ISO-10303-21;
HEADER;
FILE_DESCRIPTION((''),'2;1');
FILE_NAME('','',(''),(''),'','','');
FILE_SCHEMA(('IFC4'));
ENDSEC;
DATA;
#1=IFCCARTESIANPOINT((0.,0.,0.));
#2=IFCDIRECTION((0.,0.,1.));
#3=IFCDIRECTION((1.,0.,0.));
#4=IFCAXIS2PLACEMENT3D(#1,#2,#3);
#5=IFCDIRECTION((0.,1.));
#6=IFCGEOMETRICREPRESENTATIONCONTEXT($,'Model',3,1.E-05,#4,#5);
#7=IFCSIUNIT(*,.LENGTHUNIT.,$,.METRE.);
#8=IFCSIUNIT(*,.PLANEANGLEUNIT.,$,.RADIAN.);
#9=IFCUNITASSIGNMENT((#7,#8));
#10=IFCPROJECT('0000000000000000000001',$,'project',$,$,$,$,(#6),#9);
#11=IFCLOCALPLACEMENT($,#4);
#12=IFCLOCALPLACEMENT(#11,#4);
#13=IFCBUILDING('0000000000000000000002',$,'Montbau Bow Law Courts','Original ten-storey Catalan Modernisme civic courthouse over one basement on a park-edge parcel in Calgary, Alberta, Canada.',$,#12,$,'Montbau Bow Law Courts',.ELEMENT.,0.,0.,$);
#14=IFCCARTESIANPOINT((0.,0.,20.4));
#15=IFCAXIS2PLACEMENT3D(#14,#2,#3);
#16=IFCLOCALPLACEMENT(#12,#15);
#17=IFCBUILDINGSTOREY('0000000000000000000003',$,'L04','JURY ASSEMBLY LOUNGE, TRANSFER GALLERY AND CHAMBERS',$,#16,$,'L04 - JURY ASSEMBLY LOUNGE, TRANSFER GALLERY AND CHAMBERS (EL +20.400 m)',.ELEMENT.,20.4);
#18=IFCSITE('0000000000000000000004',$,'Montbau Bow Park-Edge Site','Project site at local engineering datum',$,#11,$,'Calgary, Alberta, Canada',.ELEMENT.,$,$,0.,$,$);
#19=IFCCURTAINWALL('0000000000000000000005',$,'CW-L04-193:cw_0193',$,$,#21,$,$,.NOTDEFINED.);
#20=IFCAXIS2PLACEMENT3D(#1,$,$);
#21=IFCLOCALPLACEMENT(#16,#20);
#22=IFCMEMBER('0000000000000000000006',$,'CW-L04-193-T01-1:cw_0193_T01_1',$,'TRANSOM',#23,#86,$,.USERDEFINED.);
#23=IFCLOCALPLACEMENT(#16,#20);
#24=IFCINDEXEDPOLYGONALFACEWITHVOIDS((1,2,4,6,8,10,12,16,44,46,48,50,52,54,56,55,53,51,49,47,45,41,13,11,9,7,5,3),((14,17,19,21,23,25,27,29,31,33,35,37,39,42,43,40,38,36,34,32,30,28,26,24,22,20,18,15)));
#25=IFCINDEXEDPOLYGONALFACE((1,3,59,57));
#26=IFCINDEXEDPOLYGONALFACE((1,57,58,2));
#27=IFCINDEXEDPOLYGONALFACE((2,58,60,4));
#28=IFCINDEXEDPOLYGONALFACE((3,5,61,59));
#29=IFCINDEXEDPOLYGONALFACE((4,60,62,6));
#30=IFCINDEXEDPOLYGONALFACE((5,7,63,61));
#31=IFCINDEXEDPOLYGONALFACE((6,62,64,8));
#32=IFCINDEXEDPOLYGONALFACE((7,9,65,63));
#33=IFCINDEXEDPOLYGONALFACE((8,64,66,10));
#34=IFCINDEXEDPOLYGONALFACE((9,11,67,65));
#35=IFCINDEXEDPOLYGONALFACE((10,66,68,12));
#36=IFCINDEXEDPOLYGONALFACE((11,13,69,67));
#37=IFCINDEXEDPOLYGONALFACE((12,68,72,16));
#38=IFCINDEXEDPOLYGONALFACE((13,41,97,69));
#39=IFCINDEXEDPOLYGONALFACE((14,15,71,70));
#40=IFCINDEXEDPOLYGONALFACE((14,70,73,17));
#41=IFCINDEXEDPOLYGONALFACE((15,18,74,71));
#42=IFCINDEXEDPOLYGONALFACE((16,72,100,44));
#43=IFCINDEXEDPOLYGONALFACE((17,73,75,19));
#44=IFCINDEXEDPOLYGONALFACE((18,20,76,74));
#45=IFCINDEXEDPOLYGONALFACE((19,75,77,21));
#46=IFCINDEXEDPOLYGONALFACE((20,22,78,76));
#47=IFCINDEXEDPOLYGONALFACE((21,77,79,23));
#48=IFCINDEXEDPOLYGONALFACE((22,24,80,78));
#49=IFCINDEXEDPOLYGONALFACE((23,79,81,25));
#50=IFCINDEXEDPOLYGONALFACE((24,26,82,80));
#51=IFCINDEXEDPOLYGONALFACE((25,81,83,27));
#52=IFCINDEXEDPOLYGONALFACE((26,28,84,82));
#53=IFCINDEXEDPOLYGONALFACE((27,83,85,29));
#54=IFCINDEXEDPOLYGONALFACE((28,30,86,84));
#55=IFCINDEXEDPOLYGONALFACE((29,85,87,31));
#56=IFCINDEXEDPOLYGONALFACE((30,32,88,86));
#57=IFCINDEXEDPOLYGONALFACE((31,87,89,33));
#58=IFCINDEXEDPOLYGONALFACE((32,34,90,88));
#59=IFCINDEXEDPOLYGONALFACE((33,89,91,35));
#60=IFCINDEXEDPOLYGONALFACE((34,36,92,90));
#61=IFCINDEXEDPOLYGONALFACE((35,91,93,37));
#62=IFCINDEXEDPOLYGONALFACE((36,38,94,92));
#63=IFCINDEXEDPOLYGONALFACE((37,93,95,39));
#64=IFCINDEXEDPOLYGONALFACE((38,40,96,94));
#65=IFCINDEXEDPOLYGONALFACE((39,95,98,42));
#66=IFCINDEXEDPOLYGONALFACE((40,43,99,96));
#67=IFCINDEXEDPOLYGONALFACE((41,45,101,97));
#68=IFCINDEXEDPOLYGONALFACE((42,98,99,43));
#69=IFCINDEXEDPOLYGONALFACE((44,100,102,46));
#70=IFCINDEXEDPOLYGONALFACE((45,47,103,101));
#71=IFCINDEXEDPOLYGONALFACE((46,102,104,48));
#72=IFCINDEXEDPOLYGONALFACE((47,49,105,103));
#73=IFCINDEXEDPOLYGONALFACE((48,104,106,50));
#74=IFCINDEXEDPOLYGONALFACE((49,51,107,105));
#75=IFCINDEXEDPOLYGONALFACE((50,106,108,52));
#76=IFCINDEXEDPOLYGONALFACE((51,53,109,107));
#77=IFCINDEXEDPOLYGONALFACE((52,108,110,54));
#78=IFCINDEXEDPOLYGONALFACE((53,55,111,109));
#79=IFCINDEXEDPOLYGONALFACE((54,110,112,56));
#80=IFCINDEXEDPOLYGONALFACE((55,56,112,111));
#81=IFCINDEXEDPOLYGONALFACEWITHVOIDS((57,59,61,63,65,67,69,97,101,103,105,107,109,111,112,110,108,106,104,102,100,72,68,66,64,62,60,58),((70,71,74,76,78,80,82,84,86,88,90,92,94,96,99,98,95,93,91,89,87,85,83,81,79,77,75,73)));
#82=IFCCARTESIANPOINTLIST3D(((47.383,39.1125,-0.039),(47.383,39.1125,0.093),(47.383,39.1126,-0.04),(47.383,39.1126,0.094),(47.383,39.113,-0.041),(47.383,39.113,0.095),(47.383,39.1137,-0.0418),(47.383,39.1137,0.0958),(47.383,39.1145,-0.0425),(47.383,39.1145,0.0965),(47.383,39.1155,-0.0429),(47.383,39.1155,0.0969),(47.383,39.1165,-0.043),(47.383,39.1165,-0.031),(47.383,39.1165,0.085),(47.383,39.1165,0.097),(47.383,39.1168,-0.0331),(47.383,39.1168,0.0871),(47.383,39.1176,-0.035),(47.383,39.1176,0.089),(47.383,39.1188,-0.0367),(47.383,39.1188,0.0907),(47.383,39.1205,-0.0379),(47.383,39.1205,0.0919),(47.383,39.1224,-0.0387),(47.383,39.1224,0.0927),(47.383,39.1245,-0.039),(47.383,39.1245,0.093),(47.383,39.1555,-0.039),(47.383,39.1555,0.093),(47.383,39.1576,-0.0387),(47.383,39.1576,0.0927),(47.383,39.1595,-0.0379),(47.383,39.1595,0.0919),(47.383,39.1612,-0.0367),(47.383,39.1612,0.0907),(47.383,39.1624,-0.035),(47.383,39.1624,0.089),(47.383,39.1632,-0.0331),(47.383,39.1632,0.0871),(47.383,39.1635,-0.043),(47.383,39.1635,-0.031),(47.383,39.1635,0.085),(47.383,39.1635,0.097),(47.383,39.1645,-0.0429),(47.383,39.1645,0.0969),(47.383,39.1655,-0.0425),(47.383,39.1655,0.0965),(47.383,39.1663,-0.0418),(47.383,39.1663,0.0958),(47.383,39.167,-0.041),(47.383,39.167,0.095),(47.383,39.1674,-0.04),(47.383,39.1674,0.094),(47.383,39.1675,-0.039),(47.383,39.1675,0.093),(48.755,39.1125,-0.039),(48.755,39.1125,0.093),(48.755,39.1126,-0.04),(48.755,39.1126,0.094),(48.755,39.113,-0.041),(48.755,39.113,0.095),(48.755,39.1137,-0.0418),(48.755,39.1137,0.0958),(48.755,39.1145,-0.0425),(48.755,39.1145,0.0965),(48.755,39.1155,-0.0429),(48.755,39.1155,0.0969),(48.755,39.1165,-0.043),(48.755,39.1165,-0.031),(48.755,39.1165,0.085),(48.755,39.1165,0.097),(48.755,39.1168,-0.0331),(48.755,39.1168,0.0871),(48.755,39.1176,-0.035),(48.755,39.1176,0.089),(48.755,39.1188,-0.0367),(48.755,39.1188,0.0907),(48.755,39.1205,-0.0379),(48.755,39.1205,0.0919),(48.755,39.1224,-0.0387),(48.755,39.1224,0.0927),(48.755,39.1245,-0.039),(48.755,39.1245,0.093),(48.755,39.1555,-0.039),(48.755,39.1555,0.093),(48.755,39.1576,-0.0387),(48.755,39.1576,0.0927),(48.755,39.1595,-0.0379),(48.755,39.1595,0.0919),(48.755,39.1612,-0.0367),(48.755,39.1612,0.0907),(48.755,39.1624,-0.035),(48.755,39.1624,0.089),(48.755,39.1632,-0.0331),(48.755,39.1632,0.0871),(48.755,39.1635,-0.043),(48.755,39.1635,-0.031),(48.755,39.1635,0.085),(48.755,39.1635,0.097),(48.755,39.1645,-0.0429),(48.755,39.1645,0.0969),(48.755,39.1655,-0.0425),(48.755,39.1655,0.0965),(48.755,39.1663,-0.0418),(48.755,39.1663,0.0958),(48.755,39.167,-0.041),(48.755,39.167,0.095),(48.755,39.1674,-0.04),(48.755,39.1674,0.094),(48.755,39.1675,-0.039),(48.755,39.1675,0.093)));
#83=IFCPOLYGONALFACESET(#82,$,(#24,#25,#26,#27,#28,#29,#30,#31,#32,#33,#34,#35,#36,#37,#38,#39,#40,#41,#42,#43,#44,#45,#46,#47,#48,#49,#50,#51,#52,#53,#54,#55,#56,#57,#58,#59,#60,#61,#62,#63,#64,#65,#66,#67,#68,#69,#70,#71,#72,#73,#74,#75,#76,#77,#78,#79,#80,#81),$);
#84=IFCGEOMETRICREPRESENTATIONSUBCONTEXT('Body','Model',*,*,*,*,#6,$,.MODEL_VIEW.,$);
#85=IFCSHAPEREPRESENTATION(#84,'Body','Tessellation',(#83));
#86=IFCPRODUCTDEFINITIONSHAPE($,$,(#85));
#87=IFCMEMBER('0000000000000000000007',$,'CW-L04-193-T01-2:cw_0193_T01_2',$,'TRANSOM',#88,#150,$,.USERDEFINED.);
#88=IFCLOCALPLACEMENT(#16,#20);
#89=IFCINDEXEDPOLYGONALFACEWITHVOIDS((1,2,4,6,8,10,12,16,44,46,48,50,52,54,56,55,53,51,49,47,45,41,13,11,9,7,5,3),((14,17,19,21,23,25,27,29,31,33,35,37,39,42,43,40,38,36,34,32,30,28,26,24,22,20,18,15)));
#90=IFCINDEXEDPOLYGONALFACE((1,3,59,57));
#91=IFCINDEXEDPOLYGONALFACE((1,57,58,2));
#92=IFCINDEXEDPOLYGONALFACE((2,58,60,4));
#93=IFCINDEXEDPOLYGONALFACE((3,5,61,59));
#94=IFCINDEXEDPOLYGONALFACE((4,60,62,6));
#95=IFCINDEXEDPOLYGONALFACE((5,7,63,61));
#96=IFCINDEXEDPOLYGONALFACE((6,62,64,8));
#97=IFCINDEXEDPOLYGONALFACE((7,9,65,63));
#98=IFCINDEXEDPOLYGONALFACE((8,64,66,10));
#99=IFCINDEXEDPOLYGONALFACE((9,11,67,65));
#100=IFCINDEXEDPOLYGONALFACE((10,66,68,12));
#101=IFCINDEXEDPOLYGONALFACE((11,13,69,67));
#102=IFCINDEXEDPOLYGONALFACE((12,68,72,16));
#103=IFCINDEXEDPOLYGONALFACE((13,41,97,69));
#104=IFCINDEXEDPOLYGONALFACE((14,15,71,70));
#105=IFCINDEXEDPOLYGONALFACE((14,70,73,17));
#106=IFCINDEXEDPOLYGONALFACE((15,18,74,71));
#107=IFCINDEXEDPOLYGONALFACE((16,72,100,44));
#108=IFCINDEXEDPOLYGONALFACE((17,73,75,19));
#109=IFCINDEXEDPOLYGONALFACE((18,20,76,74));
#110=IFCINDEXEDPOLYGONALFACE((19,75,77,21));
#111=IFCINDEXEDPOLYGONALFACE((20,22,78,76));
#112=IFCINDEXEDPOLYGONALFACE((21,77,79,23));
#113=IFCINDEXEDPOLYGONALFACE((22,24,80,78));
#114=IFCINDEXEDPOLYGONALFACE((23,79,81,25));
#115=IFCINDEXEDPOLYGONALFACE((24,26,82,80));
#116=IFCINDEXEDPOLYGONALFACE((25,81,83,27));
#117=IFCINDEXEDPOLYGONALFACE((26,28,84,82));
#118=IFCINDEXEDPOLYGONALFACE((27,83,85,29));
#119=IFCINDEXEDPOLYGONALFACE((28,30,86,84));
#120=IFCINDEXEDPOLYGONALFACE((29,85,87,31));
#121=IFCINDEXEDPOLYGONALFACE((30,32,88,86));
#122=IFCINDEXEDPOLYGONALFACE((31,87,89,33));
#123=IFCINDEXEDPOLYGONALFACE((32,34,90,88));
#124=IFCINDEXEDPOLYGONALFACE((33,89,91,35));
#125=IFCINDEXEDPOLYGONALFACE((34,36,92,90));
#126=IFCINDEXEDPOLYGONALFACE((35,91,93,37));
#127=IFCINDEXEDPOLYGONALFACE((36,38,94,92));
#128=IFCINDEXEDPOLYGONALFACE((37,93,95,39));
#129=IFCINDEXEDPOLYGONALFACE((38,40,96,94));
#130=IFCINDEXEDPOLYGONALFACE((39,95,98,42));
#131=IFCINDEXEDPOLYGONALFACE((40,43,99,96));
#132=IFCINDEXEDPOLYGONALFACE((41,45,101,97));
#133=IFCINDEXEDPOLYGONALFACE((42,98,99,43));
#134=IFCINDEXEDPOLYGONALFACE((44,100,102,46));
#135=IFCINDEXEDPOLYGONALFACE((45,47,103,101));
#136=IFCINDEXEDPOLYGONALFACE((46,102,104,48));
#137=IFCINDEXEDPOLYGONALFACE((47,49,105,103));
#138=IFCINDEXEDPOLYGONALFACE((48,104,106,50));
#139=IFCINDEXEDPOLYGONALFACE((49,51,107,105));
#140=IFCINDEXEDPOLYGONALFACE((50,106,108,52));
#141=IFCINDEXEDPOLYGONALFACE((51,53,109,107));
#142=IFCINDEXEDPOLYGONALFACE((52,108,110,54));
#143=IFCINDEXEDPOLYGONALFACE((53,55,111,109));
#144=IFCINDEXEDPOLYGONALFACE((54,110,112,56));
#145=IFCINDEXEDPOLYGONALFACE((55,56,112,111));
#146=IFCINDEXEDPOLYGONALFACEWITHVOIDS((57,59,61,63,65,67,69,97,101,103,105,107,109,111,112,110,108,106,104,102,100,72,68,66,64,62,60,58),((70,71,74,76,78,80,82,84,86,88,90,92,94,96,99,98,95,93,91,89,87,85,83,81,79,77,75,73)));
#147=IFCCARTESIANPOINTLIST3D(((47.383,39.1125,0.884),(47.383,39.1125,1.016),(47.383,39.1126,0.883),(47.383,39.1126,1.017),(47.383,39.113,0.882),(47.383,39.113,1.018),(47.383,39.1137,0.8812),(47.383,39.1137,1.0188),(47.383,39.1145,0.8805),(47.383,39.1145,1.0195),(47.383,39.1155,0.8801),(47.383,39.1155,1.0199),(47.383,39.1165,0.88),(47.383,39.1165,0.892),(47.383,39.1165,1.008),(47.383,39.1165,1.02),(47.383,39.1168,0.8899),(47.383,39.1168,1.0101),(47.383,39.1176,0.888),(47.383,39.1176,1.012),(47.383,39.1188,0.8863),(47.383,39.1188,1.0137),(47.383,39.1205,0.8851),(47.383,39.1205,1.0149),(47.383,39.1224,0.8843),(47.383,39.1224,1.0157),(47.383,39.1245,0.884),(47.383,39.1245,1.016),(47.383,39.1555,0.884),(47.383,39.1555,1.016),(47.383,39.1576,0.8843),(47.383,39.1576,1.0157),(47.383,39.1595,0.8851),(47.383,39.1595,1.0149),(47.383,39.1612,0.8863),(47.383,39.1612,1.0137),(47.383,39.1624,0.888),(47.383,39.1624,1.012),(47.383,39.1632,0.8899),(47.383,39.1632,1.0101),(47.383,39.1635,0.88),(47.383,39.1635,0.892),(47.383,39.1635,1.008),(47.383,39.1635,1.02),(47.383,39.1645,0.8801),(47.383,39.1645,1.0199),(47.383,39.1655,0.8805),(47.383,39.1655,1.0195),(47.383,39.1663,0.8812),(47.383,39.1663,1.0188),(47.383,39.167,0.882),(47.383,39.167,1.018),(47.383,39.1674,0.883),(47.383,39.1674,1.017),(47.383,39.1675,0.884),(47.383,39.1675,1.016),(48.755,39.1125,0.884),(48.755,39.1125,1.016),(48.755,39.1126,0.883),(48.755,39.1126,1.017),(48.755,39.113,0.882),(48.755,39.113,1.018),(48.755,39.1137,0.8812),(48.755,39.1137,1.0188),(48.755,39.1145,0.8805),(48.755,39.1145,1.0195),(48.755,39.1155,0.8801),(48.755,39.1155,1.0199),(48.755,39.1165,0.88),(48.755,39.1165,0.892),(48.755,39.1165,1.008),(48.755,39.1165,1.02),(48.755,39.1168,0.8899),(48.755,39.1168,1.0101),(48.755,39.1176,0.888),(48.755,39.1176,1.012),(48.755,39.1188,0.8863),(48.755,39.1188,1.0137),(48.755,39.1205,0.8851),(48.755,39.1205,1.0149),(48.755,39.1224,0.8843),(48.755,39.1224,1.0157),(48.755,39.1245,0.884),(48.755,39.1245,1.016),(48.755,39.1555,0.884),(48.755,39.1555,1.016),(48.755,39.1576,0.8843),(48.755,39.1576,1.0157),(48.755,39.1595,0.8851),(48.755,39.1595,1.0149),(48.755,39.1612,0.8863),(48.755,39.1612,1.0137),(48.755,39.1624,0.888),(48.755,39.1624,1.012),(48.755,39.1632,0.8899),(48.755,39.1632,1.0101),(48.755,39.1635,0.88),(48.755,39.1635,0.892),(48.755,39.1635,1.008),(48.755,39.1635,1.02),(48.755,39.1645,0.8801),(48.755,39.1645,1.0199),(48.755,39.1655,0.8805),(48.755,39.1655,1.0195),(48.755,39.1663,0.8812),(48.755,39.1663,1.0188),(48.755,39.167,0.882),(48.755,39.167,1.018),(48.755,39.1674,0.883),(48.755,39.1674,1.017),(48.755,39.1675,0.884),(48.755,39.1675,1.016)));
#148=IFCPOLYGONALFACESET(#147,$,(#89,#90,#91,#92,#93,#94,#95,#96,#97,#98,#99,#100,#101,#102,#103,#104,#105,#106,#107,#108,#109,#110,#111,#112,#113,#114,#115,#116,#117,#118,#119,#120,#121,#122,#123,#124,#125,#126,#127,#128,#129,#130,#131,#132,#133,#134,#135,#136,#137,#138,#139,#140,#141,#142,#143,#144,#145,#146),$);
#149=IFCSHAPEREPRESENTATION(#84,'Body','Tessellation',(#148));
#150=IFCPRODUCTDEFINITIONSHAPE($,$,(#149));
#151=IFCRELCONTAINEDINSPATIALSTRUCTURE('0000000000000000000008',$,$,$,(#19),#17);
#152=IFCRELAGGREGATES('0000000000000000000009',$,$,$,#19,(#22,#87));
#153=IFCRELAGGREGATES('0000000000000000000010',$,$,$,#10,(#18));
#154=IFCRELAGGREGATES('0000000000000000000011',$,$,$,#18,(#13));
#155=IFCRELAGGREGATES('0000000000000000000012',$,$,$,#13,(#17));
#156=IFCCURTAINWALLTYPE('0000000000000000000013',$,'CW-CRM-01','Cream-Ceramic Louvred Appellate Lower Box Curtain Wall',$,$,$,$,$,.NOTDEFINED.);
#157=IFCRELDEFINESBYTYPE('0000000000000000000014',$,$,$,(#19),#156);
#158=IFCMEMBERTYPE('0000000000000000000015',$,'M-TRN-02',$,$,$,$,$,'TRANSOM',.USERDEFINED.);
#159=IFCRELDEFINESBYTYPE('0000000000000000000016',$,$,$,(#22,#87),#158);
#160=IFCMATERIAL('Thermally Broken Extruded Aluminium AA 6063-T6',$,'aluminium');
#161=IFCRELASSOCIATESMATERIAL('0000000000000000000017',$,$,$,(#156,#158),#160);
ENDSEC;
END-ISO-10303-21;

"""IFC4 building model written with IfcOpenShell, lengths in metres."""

from ifc_helpers import new_model, si_unit, direction, frame, origin_with_axes, origin_2d_with_axis, place, context, subcontext, project, spatial, hollow_rectangle, extrude, material, material_profile, profile_set, type_object, element, aggregate, save


model = new_model("IFC4")

# Units and contexts
model_context = context("Model", 3, precision=1e-05, world=origin_with_axes(), true_north=direction((0.0, 1.0)))
body_context = subcontext(model_context, "Body", "Model", "MODEL_VIEW")
ifc_project = project(units=[si_unit("LENGTHUNIT", "METRE"), si_unit("PLANEANGLEUNIT", "RADIAN")], contexts=[model_context])

# Site, building, storey
site_placement = place(None, origin_with_axes())
site = spatial("IfcSite", under=ifc_project, at=site_placement, Name="Montbau Bow Park-Edge Site", Description="Project site at local engineering datum", LongName="Calgary, Alberta, Canada", CompositionType="ELEMENT", RefElevation=0.0)
building_placement = place(site_placement, origin_with_axes())
building = spatial("IfcBuilding", under=site, at=building_placement, Name="Montbau Bow Law Courts", Description="Original ten-storey Catalan Modernisme civic courthouse over one basement on a park-edge parcel in Calgary, Alberta, Canada.", LongName="Montbau Bow Law Courts", CompositionType="ELEMENT", ElevationOfRefHeight=0.0, ElevationOfTerrain=0.0)
storey_placement = place(building_placement, frame((0.0, 0.0, 20.4), z_axis=(0.0, 0.0, 1.0), x_axis=(1.0, 0.0, 0.0)))
storey = spatial("IfcBuildingStorey", under=building, at=storey_placement, Name="L04", Description="JURY ASSEMBLY LOUNGE, TRANSFER GALLERY AND CHAMBERS", LongName="L04 - JURY ASSEMBLY LOUNGE, TRANSFER GALLERY AND CHAMBERS (EL +20.400 m)", CompositionType="ELEMENT", Elevation=20.4)

# Curtain wall
ifc_material_1 = material(Name="Thermally Broken Extruded Aluminium AA 6063-T6", Category="aluminium")
curtain_wall_type = type_object("IfcCurtainWallType", Name="CW-CRM-01", Description="Cream-Ceramic Louvred Appellate Lower Box Curtain Wall", PredefinedType="NOTDEFINED", material=ifc_material_1)
curtain_wall_1_placement = place(None, frame((47.315, 39.14, 20.4), z_axis=(0.0, 0.0, 1.0), x_axis=(1.0, 0.0, 0.0)))
curtain_wall_1 = element("IfcCurtainWall", 1, at=curtain_wall_1_placement, inside=storey, type_object=curtain_wall_type, Name="CW-L04-193:cw_0193", PredefinedType="NOTDEFINED")

# Members
ifc_material_profile_1 = material_profile(ifc_material_1, hollow_rectangle(XDim=0.055, YDim=0.14, WallThickness=0.004, InnerFilletRadius=0.008, OuterFilletRadius=0.004, at=origin_2d_with_axis()), Name="CWT-140X55", Category="Main", Priority=0)
ifc_profile_set_1 = profile_set([ifc_material_profile_1], Name="Thermally Broken Extruded Aluminium AA 6063-T6")
member_type_1 = type_object("IfcMemberType", Name="M-TRN-02", ElementType="TRANSOM", PredefinedType="USERDEFINED", material=ifc_profile_set_1)
member_1_placement = place(None, frame((47.383, 39.14, 20.427), z_axis=(1.0, 0.0, 0.0), x_axis=(0.0, 1.0, 0.0)))
member_1 = element("IfcMember", 2, at=member_1_placement, type_object=member_type_1, Name="CW-L04-193-T01-1:cw_0193_T01_1", ObjectType="TRANSOM", PredefinedType="USERDEFINED", context=body_context, shape_type="SweptSolid", body=[
    extrude(hollow_rectangle(XDim=0.055, YDim=0.14, WallThickness=0.004, InnerFilletRadius=0.008, OuterFilletRadius=0.004, at=origin_2d_with_axis()), origin_with_axes(), (0.0, 0.0, 1.0), 1.372),
])
member_2_placement = place(None, frame((47.383, 39.14, 21.35), z_axis=(1.0, 0.0, 0.0), x_axis=(0.0, 1.0, 0.0)))
member_2 = element("IfcMember", 3, at=member_2_placement, type_object=member_type_1, Name="CW-L04-193-T01-2:cw_0193_T01_2", ObjectType="TRANSOM", PredefinedType="USERDEFINED", context=body_context, shape_type="SweptSolid", body=[
    extrude(hollow_rectangle(XDim=0.055, YDim=0.14, WallThickness=0.004, InnerFilletRadius=0.008, OuterFilletRadius=0.004, at=origin_2d_with_axis()), origin_with_axes(), (0.0, 0.0, 1.0), 1.372),
])

aggregate(curtain_wall_1, [member_1, member_2])

save(model, "model.ifc")
